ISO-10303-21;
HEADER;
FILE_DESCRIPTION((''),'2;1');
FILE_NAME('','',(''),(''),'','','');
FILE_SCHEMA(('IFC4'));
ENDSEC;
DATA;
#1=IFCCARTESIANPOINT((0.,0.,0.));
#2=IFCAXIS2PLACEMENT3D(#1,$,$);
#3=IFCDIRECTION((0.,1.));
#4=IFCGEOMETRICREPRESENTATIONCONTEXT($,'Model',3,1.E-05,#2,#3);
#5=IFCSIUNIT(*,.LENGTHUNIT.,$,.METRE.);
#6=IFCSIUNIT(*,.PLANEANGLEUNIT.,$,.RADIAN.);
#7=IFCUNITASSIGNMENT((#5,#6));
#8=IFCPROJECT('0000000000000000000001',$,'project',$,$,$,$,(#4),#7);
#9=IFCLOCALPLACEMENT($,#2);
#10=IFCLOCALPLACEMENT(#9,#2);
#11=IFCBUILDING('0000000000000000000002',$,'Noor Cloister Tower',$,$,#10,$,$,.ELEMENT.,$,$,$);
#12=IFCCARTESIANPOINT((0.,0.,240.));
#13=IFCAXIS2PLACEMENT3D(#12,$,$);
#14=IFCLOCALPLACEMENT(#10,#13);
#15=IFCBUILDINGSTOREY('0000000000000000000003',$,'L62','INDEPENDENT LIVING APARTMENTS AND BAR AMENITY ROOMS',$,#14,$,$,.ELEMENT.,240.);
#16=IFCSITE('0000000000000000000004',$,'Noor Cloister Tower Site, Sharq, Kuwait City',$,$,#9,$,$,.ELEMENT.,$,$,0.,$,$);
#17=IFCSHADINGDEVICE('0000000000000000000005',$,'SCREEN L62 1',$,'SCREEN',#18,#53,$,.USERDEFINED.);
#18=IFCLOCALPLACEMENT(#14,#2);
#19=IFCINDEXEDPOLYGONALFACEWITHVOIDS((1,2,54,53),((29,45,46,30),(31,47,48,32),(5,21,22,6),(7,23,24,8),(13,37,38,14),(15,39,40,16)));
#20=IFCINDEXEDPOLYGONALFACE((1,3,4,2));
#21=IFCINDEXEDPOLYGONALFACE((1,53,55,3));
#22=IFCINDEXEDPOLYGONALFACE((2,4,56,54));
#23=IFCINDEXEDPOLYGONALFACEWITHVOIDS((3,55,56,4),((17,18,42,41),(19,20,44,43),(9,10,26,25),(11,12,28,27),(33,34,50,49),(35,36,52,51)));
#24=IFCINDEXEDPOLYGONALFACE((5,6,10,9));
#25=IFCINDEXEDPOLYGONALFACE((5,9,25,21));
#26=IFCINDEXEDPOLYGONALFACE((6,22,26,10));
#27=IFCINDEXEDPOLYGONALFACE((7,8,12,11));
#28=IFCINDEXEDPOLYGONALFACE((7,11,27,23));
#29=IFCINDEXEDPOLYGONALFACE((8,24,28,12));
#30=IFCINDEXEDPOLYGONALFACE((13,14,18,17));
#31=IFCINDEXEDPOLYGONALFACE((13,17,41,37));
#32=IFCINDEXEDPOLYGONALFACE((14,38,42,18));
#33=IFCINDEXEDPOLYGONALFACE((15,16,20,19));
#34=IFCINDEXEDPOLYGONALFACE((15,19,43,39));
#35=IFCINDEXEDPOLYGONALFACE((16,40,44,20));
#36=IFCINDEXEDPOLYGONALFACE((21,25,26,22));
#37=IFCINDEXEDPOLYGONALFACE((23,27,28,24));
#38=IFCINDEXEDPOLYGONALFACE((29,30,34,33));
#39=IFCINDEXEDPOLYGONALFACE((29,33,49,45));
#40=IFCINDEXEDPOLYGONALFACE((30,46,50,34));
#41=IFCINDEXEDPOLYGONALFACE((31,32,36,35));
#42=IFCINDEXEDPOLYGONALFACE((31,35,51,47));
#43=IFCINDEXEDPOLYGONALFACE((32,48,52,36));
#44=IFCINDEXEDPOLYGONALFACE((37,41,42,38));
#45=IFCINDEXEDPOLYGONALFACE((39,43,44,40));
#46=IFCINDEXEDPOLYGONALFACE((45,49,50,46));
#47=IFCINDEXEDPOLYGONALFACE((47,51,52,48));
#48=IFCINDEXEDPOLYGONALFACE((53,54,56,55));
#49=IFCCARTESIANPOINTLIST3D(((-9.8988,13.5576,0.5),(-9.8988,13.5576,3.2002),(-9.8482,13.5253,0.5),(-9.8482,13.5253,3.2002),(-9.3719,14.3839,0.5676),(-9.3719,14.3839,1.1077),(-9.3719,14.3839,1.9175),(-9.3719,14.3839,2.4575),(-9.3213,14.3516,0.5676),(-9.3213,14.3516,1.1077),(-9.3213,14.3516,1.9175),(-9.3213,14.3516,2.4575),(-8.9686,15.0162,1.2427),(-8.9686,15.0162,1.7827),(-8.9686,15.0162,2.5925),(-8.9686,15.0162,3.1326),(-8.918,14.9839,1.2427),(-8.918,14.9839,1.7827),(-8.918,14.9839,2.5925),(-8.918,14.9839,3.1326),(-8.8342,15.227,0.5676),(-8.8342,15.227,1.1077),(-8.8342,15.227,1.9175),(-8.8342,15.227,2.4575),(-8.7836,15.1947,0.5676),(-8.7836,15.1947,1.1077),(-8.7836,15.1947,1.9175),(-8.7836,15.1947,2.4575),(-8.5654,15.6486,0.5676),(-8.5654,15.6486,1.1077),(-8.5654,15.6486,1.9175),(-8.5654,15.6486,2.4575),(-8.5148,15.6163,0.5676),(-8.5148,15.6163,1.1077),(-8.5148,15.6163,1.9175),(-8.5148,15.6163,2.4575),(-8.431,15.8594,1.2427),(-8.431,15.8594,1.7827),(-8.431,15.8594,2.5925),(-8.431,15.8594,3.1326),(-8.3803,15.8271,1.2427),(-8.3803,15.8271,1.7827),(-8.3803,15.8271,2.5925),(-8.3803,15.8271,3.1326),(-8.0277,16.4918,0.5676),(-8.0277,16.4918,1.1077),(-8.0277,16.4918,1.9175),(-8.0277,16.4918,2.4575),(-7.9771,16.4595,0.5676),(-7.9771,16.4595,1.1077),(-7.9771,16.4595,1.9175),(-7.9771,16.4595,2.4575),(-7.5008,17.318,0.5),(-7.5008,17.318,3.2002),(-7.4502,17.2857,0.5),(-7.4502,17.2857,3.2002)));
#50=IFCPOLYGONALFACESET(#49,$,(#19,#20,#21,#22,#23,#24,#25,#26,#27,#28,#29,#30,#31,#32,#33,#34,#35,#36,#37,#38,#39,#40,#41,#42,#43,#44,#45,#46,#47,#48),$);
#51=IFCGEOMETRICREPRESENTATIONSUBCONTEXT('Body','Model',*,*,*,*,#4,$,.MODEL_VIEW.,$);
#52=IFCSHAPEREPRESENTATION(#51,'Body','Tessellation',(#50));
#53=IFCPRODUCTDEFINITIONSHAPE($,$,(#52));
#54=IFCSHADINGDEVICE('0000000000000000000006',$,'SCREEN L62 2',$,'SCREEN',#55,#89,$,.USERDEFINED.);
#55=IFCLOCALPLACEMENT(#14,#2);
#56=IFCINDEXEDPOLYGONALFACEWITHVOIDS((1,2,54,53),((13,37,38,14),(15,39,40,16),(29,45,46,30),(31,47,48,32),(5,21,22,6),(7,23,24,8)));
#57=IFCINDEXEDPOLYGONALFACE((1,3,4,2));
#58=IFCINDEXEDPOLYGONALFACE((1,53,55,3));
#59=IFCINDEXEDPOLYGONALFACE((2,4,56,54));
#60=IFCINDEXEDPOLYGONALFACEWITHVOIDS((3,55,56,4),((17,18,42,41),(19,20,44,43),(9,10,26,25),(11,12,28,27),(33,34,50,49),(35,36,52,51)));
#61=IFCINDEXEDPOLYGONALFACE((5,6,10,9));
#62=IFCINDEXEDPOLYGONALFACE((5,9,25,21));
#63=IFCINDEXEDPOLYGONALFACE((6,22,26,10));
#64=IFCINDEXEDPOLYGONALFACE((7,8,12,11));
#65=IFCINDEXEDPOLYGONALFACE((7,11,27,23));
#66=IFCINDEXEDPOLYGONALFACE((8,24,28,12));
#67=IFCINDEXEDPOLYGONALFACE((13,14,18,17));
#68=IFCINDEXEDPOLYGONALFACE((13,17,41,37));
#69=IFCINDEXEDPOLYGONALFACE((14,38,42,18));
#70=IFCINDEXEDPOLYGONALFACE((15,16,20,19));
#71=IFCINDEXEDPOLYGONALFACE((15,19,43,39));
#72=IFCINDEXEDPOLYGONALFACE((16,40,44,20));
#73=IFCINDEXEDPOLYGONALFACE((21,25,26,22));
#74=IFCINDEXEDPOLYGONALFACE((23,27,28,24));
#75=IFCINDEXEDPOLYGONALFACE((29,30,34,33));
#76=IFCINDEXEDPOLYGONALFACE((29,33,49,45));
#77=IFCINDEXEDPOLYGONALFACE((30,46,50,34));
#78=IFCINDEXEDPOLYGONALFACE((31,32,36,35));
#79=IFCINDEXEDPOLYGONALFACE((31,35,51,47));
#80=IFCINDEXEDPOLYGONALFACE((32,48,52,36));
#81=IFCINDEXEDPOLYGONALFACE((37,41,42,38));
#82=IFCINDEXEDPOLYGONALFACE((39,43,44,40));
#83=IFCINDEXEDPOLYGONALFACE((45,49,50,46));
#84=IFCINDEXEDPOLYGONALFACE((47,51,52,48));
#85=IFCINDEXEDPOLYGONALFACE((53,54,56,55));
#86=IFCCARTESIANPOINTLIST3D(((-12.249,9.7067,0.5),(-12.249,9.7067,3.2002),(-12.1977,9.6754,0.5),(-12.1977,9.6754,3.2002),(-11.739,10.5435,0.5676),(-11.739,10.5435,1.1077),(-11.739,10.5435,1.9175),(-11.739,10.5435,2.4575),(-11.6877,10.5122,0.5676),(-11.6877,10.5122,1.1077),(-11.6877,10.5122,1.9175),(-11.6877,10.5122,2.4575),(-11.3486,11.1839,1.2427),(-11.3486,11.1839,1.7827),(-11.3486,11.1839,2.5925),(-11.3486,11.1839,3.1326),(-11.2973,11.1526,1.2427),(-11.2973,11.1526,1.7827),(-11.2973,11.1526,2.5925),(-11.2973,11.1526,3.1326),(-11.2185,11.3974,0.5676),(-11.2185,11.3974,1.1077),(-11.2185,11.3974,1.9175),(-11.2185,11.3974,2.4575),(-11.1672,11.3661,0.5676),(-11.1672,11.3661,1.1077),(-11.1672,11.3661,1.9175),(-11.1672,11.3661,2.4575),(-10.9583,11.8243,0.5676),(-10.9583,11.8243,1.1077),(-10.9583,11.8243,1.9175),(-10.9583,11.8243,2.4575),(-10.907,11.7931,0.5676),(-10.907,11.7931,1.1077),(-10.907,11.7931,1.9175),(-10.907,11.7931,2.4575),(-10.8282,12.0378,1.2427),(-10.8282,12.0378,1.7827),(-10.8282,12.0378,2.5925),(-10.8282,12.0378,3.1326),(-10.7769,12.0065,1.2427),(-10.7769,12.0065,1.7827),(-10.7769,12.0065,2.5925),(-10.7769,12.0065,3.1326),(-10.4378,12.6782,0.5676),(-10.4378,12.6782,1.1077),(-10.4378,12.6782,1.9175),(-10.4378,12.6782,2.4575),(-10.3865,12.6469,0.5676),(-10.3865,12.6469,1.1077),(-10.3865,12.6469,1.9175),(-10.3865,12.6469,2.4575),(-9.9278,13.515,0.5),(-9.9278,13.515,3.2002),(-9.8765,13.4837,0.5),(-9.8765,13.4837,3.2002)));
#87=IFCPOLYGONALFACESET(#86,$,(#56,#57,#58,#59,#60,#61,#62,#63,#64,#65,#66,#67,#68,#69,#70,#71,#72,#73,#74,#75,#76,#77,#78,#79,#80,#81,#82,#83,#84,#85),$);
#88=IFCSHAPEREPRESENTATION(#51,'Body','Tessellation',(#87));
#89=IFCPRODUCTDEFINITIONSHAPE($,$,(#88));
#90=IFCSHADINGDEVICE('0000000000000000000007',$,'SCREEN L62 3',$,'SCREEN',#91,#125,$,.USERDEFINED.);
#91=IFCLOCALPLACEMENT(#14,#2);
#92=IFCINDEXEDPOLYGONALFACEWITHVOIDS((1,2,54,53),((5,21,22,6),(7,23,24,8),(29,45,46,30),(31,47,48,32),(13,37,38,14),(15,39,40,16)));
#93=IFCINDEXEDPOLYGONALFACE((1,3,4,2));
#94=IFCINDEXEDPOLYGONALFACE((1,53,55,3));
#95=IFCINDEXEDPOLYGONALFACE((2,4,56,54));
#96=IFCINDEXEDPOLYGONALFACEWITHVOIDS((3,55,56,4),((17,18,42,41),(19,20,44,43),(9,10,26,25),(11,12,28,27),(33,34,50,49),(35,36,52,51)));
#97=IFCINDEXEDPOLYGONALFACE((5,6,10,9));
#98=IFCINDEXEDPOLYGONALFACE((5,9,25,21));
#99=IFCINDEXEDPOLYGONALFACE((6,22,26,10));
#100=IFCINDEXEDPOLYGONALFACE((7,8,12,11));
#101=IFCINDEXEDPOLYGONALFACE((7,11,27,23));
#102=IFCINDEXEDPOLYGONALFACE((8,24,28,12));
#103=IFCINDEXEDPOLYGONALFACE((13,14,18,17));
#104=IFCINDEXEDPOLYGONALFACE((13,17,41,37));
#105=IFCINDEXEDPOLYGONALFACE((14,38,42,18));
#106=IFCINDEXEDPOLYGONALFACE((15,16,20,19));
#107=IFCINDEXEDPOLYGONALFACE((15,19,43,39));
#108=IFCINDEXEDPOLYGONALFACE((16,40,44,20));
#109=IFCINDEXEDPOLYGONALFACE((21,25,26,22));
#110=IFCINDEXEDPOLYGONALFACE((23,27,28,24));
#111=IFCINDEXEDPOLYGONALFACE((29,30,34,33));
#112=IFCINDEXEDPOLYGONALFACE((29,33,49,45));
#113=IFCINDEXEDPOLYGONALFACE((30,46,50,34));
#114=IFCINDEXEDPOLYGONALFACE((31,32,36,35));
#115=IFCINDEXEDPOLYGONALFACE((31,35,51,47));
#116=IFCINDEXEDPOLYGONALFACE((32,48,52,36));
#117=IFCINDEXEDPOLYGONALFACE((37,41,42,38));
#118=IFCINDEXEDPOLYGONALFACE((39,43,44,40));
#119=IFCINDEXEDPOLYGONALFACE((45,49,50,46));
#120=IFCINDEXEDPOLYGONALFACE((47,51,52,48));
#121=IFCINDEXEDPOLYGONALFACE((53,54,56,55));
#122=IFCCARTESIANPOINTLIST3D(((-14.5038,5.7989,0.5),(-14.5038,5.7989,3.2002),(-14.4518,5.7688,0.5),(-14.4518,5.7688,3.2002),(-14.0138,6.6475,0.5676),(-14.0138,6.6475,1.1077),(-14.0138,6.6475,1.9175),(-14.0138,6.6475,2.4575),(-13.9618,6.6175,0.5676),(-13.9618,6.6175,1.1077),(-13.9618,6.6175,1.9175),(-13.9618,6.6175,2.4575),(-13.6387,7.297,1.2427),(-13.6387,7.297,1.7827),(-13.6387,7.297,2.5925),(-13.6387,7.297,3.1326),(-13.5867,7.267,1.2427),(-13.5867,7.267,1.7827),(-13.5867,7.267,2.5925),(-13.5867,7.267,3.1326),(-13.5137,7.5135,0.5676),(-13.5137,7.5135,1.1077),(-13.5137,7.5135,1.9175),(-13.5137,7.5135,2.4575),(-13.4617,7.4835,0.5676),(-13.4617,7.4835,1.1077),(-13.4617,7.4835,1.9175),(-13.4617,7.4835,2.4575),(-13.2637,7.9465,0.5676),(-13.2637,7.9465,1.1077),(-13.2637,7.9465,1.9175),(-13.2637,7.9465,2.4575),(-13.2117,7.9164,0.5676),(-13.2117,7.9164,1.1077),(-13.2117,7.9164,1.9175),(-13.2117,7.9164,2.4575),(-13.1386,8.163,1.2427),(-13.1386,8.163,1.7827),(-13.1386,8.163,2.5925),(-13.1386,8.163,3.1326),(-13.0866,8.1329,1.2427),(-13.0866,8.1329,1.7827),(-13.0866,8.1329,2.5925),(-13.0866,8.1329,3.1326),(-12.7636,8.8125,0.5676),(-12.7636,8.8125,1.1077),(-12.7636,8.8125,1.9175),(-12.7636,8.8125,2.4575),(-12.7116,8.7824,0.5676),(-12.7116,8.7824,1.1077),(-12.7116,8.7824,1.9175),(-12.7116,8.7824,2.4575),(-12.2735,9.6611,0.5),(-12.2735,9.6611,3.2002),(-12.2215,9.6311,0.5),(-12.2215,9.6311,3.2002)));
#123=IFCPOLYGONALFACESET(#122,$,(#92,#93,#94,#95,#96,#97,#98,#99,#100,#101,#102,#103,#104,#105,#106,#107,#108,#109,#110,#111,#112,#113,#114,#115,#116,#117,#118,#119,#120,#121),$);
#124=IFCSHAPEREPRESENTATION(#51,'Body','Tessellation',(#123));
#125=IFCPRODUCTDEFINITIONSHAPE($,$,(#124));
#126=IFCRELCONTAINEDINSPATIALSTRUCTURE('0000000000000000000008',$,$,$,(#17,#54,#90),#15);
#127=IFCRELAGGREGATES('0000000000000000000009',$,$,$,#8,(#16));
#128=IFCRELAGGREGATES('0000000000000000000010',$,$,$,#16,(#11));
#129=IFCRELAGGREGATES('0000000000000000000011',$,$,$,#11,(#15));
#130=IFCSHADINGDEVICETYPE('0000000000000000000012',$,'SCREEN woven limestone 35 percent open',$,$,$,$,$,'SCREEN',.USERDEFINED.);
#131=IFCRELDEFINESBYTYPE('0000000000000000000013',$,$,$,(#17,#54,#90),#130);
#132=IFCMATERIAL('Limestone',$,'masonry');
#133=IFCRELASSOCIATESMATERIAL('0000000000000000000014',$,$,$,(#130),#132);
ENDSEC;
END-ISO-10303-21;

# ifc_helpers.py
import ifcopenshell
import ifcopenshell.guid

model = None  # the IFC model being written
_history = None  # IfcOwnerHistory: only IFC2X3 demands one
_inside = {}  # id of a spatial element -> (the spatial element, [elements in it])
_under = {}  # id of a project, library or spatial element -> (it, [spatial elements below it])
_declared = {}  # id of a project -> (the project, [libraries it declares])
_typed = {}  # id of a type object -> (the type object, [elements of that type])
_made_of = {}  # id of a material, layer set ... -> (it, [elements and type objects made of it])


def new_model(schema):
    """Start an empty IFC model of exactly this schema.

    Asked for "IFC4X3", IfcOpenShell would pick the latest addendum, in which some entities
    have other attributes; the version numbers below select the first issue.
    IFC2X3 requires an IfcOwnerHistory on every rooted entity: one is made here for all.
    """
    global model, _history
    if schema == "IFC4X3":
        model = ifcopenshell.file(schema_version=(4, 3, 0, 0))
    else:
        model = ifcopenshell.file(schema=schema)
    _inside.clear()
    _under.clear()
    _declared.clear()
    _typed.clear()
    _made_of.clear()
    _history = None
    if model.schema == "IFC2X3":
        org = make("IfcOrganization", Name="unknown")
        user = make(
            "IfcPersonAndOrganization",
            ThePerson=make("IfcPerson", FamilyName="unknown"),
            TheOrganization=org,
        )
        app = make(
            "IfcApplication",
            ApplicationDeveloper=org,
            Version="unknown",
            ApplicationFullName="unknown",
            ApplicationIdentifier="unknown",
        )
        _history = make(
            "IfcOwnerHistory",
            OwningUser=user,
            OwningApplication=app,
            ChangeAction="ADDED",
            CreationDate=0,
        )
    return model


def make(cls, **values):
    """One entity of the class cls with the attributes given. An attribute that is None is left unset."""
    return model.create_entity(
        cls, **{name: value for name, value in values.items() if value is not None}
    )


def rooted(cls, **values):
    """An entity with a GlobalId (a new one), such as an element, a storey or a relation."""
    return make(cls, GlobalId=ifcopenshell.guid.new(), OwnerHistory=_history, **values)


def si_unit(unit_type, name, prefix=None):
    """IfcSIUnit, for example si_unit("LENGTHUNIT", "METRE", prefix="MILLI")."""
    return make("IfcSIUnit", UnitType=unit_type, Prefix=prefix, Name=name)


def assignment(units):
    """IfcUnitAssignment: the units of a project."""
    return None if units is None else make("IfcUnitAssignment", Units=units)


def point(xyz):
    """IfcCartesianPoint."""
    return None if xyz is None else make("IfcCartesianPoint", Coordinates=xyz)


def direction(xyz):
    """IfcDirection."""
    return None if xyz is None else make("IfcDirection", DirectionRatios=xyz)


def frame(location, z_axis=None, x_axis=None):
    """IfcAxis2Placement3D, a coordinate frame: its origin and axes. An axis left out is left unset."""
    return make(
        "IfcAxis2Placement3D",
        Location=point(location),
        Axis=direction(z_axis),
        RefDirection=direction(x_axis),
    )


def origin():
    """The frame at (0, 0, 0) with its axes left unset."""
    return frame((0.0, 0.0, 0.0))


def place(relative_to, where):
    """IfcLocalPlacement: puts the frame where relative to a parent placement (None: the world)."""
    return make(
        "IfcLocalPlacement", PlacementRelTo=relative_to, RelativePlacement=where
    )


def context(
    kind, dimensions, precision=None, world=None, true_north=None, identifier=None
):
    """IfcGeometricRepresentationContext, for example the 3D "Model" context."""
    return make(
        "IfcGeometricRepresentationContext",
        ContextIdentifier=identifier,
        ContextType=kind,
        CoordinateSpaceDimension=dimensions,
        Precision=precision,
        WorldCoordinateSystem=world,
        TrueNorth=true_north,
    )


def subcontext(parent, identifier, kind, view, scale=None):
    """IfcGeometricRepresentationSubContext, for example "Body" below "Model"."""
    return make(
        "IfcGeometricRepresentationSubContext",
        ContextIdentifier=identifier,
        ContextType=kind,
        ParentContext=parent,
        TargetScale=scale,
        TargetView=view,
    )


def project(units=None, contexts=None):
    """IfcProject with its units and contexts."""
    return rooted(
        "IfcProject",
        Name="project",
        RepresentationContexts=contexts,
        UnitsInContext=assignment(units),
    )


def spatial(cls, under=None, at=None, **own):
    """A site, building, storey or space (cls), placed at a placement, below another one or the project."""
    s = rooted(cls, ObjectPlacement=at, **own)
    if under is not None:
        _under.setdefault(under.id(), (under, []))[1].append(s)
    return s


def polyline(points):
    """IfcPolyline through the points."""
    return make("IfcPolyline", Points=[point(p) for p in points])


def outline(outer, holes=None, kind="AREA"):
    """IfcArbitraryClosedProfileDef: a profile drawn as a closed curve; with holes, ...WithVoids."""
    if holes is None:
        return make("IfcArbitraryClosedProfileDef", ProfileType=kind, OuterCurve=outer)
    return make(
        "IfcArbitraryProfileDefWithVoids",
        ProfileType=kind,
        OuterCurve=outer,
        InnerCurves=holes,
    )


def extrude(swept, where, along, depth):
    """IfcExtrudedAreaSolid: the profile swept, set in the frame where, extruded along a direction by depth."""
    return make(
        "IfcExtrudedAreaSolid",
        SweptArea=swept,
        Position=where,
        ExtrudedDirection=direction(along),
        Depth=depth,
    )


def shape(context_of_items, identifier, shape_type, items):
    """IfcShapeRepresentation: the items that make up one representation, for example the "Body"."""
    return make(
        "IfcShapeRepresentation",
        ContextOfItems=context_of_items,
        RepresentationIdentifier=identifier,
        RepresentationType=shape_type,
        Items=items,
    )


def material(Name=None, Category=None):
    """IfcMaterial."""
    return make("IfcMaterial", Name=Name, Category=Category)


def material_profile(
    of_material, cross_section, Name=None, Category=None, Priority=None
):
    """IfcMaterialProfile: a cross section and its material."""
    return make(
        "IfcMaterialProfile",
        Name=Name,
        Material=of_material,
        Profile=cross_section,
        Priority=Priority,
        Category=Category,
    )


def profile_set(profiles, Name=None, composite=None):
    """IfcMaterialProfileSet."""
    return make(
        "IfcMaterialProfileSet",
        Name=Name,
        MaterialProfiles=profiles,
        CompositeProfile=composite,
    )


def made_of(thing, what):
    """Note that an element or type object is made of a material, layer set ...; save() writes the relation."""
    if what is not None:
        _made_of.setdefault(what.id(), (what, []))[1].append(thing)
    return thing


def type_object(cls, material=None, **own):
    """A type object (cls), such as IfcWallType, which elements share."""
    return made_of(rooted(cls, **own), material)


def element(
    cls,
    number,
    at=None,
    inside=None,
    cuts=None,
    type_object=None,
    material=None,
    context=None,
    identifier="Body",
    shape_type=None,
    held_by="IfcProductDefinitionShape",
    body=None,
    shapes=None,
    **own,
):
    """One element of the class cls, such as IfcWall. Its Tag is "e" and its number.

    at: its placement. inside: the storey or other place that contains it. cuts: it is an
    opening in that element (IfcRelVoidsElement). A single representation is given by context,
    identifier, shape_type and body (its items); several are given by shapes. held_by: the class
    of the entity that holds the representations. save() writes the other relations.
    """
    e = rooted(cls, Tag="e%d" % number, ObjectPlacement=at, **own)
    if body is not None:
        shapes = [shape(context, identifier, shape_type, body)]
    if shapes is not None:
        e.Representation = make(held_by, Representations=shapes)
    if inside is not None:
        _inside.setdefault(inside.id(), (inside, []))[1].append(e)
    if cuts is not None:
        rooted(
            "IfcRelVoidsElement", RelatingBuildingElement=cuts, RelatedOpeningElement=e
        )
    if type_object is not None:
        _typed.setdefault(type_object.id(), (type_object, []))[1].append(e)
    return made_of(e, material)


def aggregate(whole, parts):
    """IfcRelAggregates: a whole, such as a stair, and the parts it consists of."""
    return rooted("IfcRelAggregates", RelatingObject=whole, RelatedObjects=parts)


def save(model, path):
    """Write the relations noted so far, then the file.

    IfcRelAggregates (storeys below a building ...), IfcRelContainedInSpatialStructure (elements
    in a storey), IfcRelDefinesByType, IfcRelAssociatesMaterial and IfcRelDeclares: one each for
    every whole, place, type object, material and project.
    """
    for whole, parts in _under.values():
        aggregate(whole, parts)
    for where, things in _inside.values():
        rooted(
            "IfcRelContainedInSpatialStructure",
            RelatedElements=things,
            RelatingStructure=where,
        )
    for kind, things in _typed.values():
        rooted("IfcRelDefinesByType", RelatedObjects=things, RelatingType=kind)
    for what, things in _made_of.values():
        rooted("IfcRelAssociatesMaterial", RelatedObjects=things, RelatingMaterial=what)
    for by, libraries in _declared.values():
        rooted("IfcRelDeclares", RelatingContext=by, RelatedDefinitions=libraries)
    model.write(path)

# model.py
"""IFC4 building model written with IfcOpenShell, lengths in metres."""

from ifc_helpers import new_model, si_unit, direction, frame, origin, place, context, subcontext, project, spatial, polyline, outline, extrude, material, material_profile, profile_set, type_object, element, save


model = new_model("IFC4")

# Units and contexts
model_context = context("Model", 3, precision=1e-05, world=origin(), true_north=direction((0.0, 1.0)))
body_context = subcontext(model_context, "Body", "Model", "MODEL_VIEW")
ifc_project = project(units=[si_unit("LENGTHUNIT", "METRE"), si_unit("PLANEANGLEUNIT", "RADIAN")], contexts=[model_context])

# Site, building, storey
site_placement = place(None, origin())
site = spatial("IfcSite", under=ifc_project, at=site_placement, Name="Noor Cloister Tower Site, Sharq, Kuwait City", CompositionType="ELEMENT", RefElevation=0.0)
building_placement = place(site_placement, origin())
building = spatial("IfcBuilding", under=site, at=building_placement, Name="Noor Cloister Tower", CompositionType="ELEMENT")
storey_placement = place(building_placement, frame((0.0, 0.0, 240.0)))
storey = spatial("IfcBuildingStorey", under=building, at=storey_placement, Name="L62", Description="INDEPENDENT LIVING APARTMENTS AND BAR AMENITY ROOMS", CompositionType="ELEMENT", Elevation=240.0)

# Shading devices
ifc_material_1 = material(Name="Limestone", Category="masonry")
ifc_material_profile_1 = material_profile(ifc_material_1, outline(polyline([(-2.23, -1.3501), (2.23, -1.3501), (2.23, 1.3501), (-2.23, 1.3501), (-2.23, -1.3501)]), holes=[polyline([(-1.25, -1.2825), (-0.25, -1.2825), (-0.25, -0.7424), (-1.25, -0.7424), (-1.25, -1.2825)]), polyline([(0.25, -1.2825), (1.25, -1.2825), (1.25, -0.7424), (0.25, -0.7424), (0.25, -1.2825)]), polyline([(-0.5, -0.6074), (0.5, -0.6074), (0.5, -0.0674), (-0.5, -0.0674), (-0.5, -0.6074)]), polyline([(-1.25, 0.0674), (-0.25, 0.0674), (-0.25, 0.6074), (-1.25, 0.6074), (-1.25, 0.0674)]), polyline([(0.25, 0.0674), (1.25, 0.0674), (1.25, 0.6074), (0.25, 0.6074), (0.25, 0.0674)]), polyline([(-0.5, 0.7424), (0.5, 0.7424), (0.5, 1.2825), (-0.5, 1.2825), (-0.5, 0.7424)])]), Name="Woven screen 35 percent open")
ifc_profile_set_1 = profile_set([ifc_material_profile_1], Name="Limestone")
shading_device_type = type_object("IfcShadingDeviceType", Name="SCREEN woven limestone 35 percent open", ElementType="SCREEN", PredefinedType="USERDEFINED", material=ifc_profile_set_1)
for number, where, z_axis, x_axis, name in (
    (1, (-8.6492, 15.4055, 1.8501), (-0.843158, 0.537666, 0.0), (-0.537666, -0.843158, 0.0), "SCREEN L62 1"),
    (2, (-11.0371, 11.5796, 1.8501), (-0.853884, 0.520463, 0.0), (-0.520463, -0.853884, 0.0), "SCREEN L62 2"),
    (3, (-13.3367, 7.7, 1.8501), (-0.865982, 0.500074, 0.0), (-0.500074, -0.865982, 0.0), "SCREEN L62 3"),
):
    element("IfcShadingDevice", number, at=place(storey_placement, frame(where, z_axis=z_axis, x_axis=x_axis)), inside=storey, type_object=shading_device_type, Name=name, ObjectType="SCREEN", PredefinedType="USERDEFINED", context=body_context, shape_type="SweptSolid", body=[
        extrude(outline(polyline([(-2.23, -1.3501), (2.23, -1.3501), (2.23, 1.3501), (-2.23, 1.3501), (-2.23, -1.3501)]), holes=[polyline([(-1.25, -1.2825), (-0.25, -1.2825), (-0.25, -0.7424), (-1.25, -0.7424), (-1.25, -1.2825)]), polyline([(0.25, -1.2825), (1.25, -1.2825), (1.25, -0.7424), (0.25, -0.7424), (0.25, -1.2825)]), polyline([(-0.5, -0.6074), (0.5, -0.6074), (0.5, -0.0674), (-0.5, -0.0674), (-0.5, -0.6074)]), polyline([(-1.25, 0.0674), (-0.25, 0.0674), (-0.25, 0.6074), (-1.25, 0.6074), (-1.25, 0.0674)]), polyline([(0.25, 0.0674), (1.25, 0.0674), (1.25, 0.6074), (0.25, 0.6074), (0.25, 0.0674)]), polyline([(-0.5, 0.7424), (0.5, 0.7424), (0.5, 1.2825), (-0.5, 1.2825), (-0.5, 0.7424)])]), origin(), (0.0, 0.0, 1.0), 0.0601),
    ])

save(model, "model.ifc")
